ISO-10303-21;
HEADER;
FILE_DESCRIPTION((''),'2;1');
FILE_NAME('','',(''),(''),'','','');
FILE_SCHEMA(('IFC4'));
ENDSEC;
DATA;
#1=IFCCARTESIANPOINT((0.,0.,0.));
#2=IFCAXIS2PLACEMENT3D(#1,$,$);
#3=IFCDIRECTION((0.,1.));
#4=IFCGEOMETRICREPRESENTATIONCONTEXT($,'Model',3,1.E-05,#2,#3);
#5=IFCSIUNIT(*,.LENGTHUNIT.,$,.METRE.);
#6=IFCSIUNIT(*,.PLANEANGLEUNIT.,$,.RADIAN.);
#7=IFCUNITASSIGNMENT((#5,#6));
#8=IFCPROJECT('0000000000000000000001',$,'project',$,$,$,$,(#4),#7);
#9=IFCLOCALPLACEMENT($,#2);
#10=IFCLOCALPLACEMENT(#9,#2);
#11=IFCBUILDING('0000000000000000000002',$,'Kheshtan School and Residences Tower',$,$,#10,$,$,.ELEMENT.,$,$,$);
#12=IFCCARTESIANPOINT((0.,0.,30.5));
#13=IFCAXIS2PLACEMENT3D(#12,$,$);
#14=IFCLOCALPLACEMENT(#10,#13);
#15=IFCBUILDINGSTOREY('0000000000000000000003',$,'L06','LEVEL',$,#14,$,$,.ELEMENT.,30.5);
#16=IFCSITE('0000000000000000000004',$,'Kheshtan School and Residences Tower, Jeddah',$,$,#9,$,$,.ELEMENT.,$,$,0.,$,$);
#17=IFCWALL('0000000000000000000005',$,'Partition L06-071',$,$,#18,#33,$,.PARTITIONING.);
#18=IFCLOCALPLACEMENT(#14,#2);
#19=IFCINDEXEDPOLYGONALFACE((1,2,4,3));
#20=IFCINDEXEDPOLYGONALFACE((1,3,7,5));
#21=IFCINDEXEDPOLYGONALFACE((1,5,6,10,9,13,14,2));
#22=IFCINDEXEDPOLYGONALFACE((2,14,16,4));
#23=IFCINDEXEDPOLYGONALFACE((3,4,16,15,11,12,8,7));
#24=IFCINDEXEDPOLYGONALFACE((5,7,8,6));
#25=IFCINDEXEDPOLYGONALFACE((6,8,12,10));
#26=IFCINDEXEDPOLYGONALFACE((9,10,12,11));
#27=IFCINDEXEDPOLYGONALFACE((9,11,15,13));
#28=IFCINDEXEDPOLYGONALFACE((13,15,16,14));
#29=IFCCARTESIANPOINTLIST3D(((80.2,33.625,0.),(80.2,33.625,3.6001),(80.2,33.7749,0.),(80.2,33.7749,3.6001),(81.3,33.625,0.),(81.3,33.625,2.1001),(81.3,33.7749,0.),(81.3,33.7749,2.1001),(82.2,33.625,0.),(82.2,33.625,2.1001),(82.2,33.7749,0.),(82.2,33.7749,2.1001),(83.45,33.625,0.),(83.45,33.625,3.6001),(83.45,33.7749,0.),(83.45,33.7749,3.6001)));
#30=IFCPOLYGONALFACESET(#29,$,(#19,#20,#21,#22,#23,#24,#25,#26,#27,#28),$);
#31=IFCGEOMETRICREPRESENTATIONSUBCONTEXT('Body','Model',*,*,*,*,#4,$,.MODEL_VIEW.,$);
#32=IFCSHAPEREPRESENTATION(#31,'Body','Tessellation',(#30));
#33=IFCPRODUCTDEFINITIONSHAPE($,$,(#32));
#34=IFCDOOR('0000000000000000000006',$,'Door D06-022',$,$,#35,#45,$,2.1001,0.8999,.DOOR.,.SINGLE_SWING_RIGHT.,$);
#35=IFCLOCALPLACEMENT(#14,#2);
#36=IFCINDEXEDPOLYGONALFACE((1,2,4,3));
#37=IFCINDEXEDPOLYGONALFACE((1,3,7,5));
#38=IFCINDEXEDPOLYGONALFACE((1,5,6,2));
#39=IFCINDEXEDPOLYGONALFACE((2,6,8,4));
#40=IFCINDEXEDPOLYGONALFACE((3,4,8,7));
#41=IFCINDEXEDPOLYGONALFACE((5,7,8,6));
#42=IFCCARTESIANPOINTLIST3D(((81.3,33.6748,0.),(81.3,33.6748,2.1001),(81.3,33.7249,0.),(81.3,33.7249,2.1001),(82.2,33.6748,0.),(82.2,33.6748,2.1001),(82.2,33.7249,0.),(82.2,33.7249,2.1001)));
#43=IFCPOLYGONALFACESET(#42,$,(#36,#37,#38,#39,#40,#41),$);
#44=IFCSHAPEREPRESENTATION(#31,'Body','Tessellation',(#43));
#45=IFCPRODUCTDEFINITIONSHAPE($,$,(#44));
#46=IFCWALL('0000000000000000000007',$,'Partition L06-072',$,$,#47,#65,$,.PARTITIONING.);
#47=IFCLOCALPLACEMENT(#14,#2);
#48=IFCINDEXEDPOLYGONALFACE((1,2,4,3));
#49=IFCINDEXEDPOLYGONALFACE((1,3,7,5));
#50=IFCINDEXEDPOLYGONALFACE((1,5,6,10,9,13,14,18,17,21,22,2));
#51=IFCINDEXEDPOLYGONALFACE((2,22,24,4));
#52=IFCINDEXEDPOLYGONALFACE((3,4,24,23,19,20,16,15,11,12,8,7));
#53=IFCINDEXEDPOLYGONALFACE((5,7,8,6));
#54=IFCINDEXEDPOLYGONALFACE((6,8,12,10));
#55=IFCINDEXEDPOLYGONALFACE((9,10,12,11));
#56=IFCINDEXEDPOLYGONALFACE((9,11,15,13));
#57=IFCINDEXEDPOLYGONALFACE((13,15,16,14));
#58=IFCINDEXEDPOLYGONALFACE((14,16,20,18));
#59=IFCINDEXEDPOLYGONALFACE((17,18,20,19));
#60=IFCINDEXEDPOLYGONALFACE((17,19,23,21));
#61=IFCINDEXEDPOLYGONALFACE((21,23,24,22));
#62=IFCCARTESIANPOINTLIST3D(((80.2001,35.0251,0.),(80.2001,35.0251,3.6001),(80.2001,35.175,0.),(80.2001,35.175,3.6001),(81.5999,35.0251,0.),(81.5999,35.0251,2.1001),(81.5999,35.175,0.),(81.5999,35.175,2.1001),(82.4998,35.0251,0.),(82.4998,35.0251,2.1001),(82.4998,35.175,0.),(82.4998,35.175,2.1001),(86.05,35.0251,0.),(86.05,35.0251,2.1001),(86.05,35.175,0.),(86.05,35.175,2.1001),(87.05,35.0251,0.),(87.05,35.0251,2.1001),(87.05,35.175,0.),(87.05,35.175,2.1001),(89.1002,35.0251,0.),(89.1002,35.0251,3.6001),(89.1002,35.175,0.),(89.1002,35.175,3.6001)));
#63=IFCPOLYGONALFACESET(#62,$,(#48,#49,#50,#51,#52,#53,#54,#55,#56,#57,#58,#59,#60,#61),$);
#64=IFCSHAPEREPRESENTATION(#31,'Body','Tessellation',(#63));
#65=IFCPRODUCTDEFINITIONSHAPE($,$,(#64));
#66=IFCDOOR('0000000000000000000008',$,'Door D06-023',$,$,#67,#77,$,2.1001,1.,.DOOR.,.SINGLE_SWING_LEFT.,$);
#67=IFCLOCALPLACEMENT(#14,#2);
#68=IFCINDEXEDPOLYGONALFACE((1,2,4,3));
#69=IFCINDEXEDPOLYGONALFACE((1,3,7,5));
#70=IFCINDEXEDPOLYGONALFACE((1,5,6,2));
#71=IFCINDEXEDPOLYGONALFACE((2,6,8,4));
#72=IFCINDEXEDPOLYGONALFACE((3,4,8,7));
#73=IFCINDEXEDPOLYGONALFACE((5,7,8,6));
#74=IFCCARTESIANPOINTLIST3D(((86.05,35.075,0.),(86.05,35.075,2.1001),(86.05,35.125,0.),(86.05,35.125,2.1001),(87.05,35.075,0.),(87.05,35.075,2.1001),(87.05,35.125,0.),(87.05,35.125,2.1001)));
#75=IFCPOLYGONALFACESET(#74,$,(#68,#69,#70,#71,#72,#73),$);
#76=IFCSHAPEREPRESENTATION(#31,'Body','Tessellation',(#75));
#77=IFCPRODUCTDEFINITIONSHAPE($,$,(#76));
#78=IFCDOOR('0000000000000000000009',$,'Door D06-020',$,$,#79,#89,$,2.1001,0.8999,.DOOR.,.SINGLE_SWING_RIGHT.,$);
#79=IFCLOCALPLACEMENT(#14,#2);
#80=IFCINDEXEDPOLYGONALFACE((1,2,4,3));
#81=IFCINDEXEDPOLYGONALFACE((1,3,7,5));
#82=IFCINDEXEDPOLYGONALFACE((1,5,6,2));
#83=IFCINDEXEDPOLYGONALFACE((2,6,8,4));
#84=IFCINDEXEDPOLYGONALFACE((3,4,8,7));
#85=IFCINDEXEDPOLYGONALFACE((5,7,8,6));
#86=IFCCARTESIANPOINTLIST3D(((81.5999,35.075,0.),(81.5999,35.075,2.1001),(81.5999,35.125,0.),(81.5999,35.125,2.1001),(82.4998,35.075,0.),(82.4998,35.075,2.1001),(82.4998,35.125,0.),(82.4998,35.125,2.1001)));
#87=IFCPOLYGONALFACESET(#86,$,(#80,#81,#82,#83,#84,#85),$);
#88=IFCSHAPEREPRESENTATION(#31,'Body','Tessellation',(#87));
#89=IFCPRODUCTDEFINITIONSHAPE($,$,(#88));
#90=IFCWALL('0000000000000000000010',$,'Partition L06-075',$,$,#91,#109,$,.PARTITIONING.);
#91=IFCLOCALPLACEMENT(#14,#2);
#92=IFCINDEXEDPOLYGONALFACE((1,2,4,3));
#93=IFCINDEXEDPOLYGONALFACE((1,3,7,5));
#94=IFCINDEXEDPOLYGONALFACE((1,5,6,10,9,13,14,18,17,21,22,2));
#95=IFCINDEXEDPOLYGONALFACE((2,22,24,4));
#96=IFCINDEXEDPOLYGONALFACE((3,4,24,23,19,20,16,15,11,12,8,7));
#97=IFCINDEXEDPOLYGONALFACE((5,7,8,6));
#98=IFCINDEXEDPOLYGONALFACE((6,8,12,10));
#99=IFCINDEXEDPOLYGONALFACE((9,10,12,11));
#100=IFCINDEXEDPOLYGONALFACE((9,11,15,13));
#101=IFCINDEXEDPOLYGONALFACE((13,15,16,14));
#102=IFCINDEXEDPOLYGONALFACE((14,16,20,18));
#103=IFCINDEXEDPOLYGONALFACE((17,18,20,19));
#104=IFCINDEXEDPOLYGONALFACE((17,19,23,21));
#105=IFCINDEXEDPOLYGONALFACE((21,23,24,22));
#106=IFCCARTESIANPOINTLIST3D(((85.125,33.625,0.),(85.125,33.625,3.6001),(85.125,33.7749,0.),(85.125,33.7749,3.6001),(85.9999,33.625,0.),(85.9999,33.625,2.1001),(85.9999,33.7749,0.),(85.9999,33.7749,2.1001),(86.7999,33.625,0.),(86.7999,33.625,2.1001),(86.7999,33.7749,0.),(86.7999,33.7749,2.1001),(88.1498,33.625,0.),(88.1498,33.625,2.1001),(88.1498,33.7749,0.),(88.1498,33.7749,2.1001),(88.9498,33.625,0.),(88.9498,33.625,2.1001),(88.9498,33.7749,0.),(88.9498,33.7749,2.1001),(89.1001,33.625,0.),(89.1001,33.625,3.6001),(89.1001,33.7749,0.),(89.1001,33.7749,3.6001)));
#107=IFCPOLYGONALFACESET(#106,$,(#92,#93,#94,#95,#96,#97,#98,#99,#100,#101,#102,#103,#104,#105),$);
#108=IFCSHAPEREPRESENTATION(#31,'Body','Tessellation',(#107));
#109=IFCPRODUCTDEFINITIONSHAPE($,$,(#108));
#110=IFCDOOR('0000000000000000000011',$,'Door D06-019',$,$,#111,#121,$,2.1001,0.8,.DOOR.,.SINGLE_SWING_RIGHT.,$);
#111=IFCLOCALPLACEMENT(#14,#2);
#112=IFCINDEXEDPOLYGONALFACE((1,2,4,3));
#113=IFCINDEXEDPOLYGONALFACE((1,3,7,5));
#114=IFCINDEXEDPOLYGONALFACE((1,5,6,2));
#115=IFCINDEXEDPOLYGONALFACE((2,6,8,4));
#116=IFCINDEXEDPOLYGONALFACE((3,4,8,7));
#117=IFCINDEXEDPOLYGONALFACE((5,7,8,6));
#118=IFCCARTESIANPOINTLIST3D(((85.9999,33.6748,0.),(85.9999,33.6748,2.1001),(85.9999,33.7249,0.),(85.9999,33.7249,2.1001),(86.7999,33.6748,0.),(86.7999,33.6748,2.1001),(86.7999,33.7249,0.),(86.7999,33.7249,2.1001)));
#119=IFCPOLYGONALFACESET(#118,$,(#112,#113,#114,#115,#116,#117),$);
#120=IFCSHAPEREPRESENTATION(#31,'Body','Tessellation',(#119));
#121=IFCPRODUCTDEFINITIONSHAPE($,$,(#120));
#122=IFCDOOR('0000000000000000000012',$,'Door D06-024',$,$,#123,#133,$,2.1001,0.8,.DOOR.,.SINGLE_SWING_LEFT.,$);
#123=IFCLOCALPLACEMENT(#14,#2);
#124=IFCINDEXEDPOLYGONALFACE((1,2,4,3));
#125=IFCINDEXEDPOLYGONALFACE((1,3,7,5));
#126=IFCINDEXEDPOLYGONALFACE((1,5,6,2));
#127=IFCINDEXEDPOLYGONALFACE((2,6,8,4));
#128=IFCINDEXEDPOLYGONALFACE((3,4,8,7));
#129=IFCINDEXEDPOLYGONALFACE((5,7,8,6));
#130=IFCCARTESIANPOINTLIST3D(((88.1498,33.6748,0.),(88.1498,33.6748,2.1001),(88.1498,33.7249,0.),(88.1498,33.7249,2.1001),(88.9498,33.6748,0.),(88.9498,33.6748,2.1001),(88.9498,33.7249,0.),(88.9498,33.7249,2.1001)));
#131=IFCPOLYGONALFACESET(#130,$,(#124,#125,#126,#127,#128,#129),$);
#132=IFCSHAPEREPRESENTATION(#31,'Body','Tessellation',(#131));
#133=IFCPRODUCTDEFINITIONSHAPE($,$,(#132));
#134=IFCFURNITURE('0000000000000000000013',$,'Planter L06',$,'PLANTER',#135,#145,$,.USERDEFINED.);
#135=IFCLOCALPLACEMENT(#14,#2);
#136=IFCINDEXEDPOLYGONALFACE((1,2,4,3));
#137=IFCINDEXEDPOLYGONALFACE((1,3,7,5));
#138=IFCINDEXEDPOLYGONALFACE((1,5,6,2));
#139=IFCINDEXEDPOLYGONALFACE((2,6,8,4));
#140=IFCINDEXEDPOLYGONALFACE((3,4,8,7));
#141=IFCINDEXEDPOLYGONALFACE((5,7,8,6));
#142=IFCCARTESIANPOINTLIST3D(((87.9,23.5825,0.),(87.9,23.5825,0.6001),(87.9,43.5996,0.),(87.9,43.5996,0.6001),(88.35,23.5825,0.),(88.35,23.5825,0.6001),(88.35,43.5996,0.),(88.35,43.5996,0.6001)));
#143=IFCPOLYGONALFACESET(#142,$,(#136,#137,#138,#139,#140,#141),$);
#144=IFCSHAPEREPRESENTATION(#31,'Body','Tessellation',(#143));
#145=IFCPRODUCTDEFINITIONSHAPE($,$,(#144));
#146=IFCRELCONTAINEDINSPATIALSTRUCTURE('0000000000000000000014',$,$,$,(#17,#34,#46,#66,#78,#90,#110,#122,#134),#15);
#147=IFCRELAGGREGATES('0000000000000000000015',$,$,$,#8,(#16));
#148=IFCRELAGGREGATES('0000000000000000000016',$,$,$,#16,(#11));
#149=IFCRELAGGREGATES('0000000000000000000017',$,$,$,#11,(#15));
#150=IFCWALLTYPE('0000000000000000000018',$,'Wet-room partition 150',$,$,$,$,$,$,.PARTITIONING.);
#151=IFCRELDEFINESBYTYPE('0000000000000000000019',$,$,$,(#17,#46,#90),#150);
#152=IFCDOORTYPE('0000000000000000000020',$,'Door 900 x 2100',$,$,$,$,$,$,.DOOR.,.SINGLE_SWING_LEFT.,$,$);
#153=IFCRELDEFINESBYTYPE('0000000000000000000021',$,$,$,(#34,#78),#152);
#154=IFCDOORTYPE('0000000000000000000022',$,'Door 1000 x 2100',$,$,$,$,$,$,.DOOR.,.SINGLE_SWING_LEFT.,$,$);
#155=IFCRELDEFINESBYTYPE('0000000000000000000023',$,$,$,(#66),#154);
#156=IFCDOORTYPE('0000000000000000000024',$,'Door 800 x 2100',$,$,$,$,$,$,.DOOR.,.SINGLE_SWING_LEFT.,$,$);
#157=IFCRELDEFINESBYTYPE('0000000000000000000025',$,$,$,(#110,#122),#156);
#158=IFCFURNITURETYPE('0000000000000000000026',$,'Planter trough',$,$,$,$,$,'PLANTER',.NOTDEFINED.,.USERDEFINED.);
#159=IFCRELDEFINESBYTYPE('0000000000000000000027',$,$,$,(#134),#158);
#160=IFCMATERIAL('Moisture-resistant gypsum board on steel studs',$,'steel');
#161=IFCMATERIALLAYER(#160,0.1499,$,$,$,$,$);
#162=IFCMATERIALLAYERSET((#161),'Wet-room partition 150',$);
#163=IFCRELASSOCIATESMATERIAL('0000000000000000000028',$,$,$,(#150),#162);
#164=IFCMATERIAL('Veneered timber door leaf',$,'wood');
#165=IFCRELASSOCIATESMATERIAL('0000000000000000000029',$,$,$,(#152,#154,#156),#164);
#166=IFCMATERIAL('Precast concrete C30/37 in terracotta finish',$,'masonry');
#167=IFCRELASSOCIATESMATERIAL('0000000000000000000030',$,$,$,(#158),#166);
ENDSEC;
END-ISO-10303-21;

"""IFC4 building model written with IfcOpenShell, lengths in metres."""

from ifc_helpers import new_model, si_unit, direction, frame, frame_2d, origin, origin_2d, place, context, subcontext, project, spatial, rectangle, extrude, source, transform, mapped, material, layer, layer_set, type_object, element, fill, save


model = new_model("IFC4")

# Units and contexts
model_context = context("Model", 3, precision=1e-05, world=origin(), true_north=direction((0.0, 1.0)))
body_context = subcontext(model_context, "Body", "Model", "MODEL_VIEW")
ifc_project = project(units=[si_unit("LENGTHUNIT", "METRE"), si_unit("PLANEANGLEUNIT", "RADIAN")], contexts=[model_context])

# Site, building, storey
site_placement = place(None, origin())
site = spatial("IfcSite", under=ifc_project, at=site_placement, Name="Kheshtan School and Residences Tower, Jeddah", CompositionType="ELEMENT", RefElevation=0.0)
building_placement = place(site_placement, origin())
building = spatial("IfcBuilding", under=site, at=building_placement, Name="Kheshtan School and Residences Tower", CompositionType="ELEMENT")
storey_placement = place(building_placement, frame((0.0, 0.0, 30.5)))
storey = spatial("IfcBuildingStorey", under=building, at=storey_placement, Name="L06", Description="LEVEL", CompositionType="ELEMENT", Elevation=30.5)

# Wall, opening, door
ifc_material_1 = material(Name="Moisture-resistant gypsum board on steel studs", Category="steel")
ifc_layer_1 = layer(ifc_material_1, 0.1499)
ifc_layer_set_1 = layer_set([ifc_layer_1], Name="Wet-room partition 150")
wall_type_1 = type_object("IfcWallType", Name="Wet-room partition 150", PredefinedType="PARTITIONING", material=ifc_layer_set_1)
wall_1_placement = place(storey_placement, frame((80.2, 33.7, 0.0), z_axis=(0.0, 0.0, 1.0), x_axis=(1.0, 0.0, 0.0)))
wall_1 = element("IfcWall", 1, at=wall_1_placement, inside=storey, type_object=wall_type_1, Name="Partition L06-071", PredefinedType="PARTITIONING", context=body_context, shape_type="SweptSolid", body=[
    extrude(rectangle(XDim=3.25, YDim=0.1499, at=frame_2d((1.625, 0.0))), origin(), (0.0, 0.0, 1.0), 3.6001),
])
opening_1_placement = place(wall_1_placement, frame((1.1001, 0.0, 0.0)))
opening_1 = element("IfcOpeningElement", 2, at=opening_1_placement, cuts=wall_1, PredefinedType="OPENING", context=body_context, shape_type="SweptSolid", body=[
    extrude(rectangle(XDim=0.8999, YDim=2.1001, at=frame_2d((0.45, 1.05))), frame((0.0, 0.085, 0.0), z_axis=(0.0, -1.0, 0.0), x_axis=(1.0, 0.0, 0.0)), (0.0, 0.0, 1.0), 0.1699),
])
ifc_material_2 = material(Name="Veneered timber door leaf", Category="wood")
door_type_1 = type_object("IfcDoorType", Name="Door 900 x 2100", OperationType="SINGLE_SWING_LEFT", PredefinedType="DOOR", material=ifc_material_2)
shared_shape_1 = source(origin(), body_context, "Body", "SweptSolid", [
    extrude(rectangle(XDim=0.8999, YDim=2.1001, at=frame_2d((0.45, 1.05))), frame((0.0, 0.0249, 0.0), z_axis=(0.0, -1.0, 0.0), x_axis=(1.0, 0.0, 0.0)), (0.0, 0.0, 1.0), 0.05),
])
door_1_placement = place(opening_1_placement, origin())
door_1 = element("IfcDoor", 3, at=door_1_placement, inside=storey, type_object=door_type_1, Name="Door D06-022", OperationType="SINGLE_SWING_RIGHT", OverallHeight=2.1001, OverallWidth=0.8999, PredefinedType="DOOR", context=body_context, shape_type="MappedRepresentation", body=[
    mapped(shared_shape_1, transform((0.0, 0.0, 0.0), x_axis=(1.0, 0.0, 0.0), y_axis=(0.0, 1.0, 0.0), z_axis=(0.0, 0.0, 1.0), scale=1.0)),
])
fill(opening_1, door_1)

# Walls, openings, doors
wall_2_placement = place(storey_placement, frame((80.2, 35.1001, 0.0), z_axis=(0.0, 0.0, 1.0), x_axis=(1.0, 0.0, 0.0)))
wall_2 = element("IfcWall", 4, at=wall_2_placement, inside=storey, type_object=wall_type_1, Name="Partition L06-072", PredefinedType="PARTITIONING", context=body_context, shape_type="SweptSolid", body=[
    extrude(rectangle(XDim=8.9001, YDim=0.1499, at=frame_2d((4.4502, 0.0))), origin(), (0.0, 0.0, 1.0), 3.6001),
])
opening_2_placement = place(wall_2_placement, frame((1.3999, 0.0, 0.0)))
opening_2 = element("IfcOpeningElement", 5, at=opening_2_placement, cuts=wall_2, PredefinedType="OPENING", context=body_context, shape_type="SweptSolid", body=[
    extrude(rectangle(XDim=0.8999, YDim=2.1001, at=frame_2d((0.45, 1.05))), frame((0.0, 0.085, 0.0), z_axis=(0.0, -1.0, 0.0), x_axis=(1.0, 0.0, 0.0)), (0.0, 0.0, 1.0), 0.1699),
])
opening_3_placement = place(wall_2_placement, frame((5.8501, 0.0, 0.0)))
opening_3 = element("IfcOpeningElement", 6, at=opening_3_placement, cuts=wall_2, PredefinedType="OPENING", context=body_context, shape_type="SweptSolid", body=[
    extrude(rectangle(XDim=1.0, YDim=2.1001, at=frame_2d((0.5, 1.05))), frame((0.0, 0.085, 0.0), z_axis=(0.0, -1.0, 0.0), x_axis=(1.0, 0.0, 0.0)), (0.0, 0.0, 1.0), 0.1699),
])
door_type_2 = type_object("IfcDoorType", Name="Door 1000 x 2100", OperationType="SINGLE_SWING_LEFT", PredefinedType="DOOR", material=ifc_material_2)
shared_shape_2 = source(origin(), body_context, "Body", "SweptSolid", [
    extrude(rectangle(XDim=1.0, YDim=2.1001, at=frame_2d((0.5, 1.05))), frame((0.0, 0.0249, 0.0), z_axis=(0.0, -1.0, 0.0), x_axis=(1.0, 0.0, 0.0)), (0.0, 0.0, 1.0), 0.05),
])
door_2_placement = place(opening_3_placement, origin())
door_2 = element("IfcDoor", 7, at=door_2_placement, inside=storey, type_object=door_type_2, Name="Door D06-023", OperationType="SINGLE_SWING_LEFT", OverallHeight=2.1001, OverallWidth=1.0, PredefinedType="DOOR", context=body_context, shape_type="MappedRepresentation", body=[
    mapped(shared_shape_2, transform((0.0, 0.0, 0.0), x_axis=(1.0, 0.0, 0.0), y_axis=(0.0, 1.0, 0.0), z_axis=(0.0, 0.0, 1.0), scale=1.0)),
])
fill(opening_3, door_2)
door_3_placement = place(opening_2_placement, origin())
door_3 = element("IfcDoor", 8, at=door_3_placement, inside=storey, type_object=door_type_1, Name="Door D06-020", OperationType="SINGLE_SWING_RIGHT", OverallHeight=2.1001, OverallWidth=0.8999, PredefinedType="DOOR", context=body_context, shape_type="MappedRepresentation", body=[
    mapped(shared_shape_1, transform((0.0, 0.0, 0.0), x_axis=(1.0, 0.0, 0.0), y_axis=(0.0, 1.0, 0.0), z_axis=(0.0, 0.0, 1.0), scale=1.0)),
])
fill(opening_2, door_3)
wall_3_placement = place(storey_placement, frame((85.125, 33.7, 0.0), z_axis=(0.0, 0.0, 1.0), x_axis=(1.0, 0.0, 0.0)))
wall_3 = element("IfcWall", 9, at=wall_3_placement, inside=storey, type_object=wall_type_1, Name="Partition L06-075", PredefinedType="PARTITIONING", context=body_context, shape_type="SweptSolid", body=[
    extrude(rectangle(XDim=3.9751, YDim=0.1499, at=frame_2d((1.9875, 0.0))), origin(), (0.0, 0.0, 1.0), 3.6001),
])
opening_4_placement = place(wall_3_placement, frame((0.875, 0.0, 0.0)))
opening_4 = element("IfcOpeningElement", 10, at=opening_4_placement, cuts=wall_3, PredefinedType="OPENING", context=body_context, shape_type="SweptSolid", body=[
    extrude(rectangle(XDim=0.8, YDim=2.1001, at=frame_2d((0.3999, 1.05))), frame((0.0, 0.085, 0.0), z_axis=(0.0, -1.0, 0.0), x_axis=(1.0, 0.0, 0.0)), (0.0, 0.0, 1.0), 0.1699),
])
opening_5_placement = place(wall_3_placement, frame((3.0249, 0.0, 0.0)))
opening_5 = element("IfcOpeningElement", 11, at=opening_5_placement, cuts=wall_3, PredefinedType="OPENING", context=body_context, shape_type="SweptSolid", body=[
    extrude(rectangle(XDim=0.8, YDim=2.1001, at=frame_2d((0.3999, 1.05))), frame((0.0, 0.085, 0.0), z_axis=(0.0, -1.0, 0.0), x_axis=(1.0, 0.0, 0.0)), (0.0, 0.0, 1.0), 0.1699),
])
door_type_3 = type_object("IfcDoorType", Name="Door 800 x 2100", OperationType="SINGLE_SWING_LEFT", PredefinedType="DOOR", material=ifc_material_2)
shared_shape_3 = source(origin(), body_context, "Body", "SweptSolid", [
    extrude(rectangle(XDim=0.8, YDim=2.1001, at=frame_2d((0.3999, 1.05))), frame((0.0, 0.0249, 0.0), z_axis=(0.0, -1.0, 0.0), x_axis=(1.0, 0.0, 0.0)), (0.0, 0.0, 1.0), 0.05),
])
door_4_placement = place(opening_4_placement, origin())
door_4 = element("IfcDoor", 12, at=door_4_placement, inside=storey, type_object=door_type_3, Name="Door D06-019", OperationType="SINGLE_SWING_RIGHT", OverallHeight=2.1001, OverallWidth=0.8, PredefinedType="DOOR", context=body_context, shape_type="MappedRepresentation", body=[
    mapped(shared_shape_3, transform((0.0, 0.0, 0.0), x_axis=(1.0, 0.0, 0.0), y_axis=(0.0, 1.0, 0.0), z_axis=(0.0, 0.0, 1.0), scale=1.0)),
])
fill(opening_4, door_4)
door_5_placement = place(opening_5_placement, origin())
door_5 = element("IfcDoor", 13, at=door_5_placement, inside=storey, type_object=door_type_3, Name="Door D06-024", OperationType="SINGLE_SWING_LEFT", OverallHeight=2.1001, OverallWidth=0.8, PredefinedType="DOOR", context=body_context, shape_type="MappedRepresentation", body=[
    mapped(shared_shape_3, transform((0.0, 0.0, 0.0), x_axis=(1.0, 0.0, 0.0), y_axis=(0.0, 1.0, 0.0), z_axis=(0.0, 0.0, 1.0), scale=1.0)),
])
fill(opening_5, door_5)

# Furniture
ifc_material_3 = material(Name="Precast concrete C30/37 in terracotta finish", Category="masonry")
furniture_type = type_object("IfcFurnitureType", Name="Planter trough", ElementType="PLANTER", AssemblyPlace="NOTDEFINED", PredefinedType="USERDEFINED", material=ifc_material_3)
furniture_placement = place(storey_placement, frame((88.125, 33.5911, 0.0), z_axis=(0.0, 0.0, 1.0), x_axis=(0.0, -1.0, 0.0)))
element("IfcFurniture", 14, at=furniture_placement, inside=storey, type_object=furniture_type, Name="Planter L06", ObjectType="PLANTER", PredefinedType="USERDEFINED", context=body_context, shape_type="SweptSolid", body=[
    extrude(rectangle(XDim=20.0171, YDim=0.45, at=origin_2d()), origin(), (0.0, 0.0, 1.0), 0.6001),
])

save(model, "model.ifc")
